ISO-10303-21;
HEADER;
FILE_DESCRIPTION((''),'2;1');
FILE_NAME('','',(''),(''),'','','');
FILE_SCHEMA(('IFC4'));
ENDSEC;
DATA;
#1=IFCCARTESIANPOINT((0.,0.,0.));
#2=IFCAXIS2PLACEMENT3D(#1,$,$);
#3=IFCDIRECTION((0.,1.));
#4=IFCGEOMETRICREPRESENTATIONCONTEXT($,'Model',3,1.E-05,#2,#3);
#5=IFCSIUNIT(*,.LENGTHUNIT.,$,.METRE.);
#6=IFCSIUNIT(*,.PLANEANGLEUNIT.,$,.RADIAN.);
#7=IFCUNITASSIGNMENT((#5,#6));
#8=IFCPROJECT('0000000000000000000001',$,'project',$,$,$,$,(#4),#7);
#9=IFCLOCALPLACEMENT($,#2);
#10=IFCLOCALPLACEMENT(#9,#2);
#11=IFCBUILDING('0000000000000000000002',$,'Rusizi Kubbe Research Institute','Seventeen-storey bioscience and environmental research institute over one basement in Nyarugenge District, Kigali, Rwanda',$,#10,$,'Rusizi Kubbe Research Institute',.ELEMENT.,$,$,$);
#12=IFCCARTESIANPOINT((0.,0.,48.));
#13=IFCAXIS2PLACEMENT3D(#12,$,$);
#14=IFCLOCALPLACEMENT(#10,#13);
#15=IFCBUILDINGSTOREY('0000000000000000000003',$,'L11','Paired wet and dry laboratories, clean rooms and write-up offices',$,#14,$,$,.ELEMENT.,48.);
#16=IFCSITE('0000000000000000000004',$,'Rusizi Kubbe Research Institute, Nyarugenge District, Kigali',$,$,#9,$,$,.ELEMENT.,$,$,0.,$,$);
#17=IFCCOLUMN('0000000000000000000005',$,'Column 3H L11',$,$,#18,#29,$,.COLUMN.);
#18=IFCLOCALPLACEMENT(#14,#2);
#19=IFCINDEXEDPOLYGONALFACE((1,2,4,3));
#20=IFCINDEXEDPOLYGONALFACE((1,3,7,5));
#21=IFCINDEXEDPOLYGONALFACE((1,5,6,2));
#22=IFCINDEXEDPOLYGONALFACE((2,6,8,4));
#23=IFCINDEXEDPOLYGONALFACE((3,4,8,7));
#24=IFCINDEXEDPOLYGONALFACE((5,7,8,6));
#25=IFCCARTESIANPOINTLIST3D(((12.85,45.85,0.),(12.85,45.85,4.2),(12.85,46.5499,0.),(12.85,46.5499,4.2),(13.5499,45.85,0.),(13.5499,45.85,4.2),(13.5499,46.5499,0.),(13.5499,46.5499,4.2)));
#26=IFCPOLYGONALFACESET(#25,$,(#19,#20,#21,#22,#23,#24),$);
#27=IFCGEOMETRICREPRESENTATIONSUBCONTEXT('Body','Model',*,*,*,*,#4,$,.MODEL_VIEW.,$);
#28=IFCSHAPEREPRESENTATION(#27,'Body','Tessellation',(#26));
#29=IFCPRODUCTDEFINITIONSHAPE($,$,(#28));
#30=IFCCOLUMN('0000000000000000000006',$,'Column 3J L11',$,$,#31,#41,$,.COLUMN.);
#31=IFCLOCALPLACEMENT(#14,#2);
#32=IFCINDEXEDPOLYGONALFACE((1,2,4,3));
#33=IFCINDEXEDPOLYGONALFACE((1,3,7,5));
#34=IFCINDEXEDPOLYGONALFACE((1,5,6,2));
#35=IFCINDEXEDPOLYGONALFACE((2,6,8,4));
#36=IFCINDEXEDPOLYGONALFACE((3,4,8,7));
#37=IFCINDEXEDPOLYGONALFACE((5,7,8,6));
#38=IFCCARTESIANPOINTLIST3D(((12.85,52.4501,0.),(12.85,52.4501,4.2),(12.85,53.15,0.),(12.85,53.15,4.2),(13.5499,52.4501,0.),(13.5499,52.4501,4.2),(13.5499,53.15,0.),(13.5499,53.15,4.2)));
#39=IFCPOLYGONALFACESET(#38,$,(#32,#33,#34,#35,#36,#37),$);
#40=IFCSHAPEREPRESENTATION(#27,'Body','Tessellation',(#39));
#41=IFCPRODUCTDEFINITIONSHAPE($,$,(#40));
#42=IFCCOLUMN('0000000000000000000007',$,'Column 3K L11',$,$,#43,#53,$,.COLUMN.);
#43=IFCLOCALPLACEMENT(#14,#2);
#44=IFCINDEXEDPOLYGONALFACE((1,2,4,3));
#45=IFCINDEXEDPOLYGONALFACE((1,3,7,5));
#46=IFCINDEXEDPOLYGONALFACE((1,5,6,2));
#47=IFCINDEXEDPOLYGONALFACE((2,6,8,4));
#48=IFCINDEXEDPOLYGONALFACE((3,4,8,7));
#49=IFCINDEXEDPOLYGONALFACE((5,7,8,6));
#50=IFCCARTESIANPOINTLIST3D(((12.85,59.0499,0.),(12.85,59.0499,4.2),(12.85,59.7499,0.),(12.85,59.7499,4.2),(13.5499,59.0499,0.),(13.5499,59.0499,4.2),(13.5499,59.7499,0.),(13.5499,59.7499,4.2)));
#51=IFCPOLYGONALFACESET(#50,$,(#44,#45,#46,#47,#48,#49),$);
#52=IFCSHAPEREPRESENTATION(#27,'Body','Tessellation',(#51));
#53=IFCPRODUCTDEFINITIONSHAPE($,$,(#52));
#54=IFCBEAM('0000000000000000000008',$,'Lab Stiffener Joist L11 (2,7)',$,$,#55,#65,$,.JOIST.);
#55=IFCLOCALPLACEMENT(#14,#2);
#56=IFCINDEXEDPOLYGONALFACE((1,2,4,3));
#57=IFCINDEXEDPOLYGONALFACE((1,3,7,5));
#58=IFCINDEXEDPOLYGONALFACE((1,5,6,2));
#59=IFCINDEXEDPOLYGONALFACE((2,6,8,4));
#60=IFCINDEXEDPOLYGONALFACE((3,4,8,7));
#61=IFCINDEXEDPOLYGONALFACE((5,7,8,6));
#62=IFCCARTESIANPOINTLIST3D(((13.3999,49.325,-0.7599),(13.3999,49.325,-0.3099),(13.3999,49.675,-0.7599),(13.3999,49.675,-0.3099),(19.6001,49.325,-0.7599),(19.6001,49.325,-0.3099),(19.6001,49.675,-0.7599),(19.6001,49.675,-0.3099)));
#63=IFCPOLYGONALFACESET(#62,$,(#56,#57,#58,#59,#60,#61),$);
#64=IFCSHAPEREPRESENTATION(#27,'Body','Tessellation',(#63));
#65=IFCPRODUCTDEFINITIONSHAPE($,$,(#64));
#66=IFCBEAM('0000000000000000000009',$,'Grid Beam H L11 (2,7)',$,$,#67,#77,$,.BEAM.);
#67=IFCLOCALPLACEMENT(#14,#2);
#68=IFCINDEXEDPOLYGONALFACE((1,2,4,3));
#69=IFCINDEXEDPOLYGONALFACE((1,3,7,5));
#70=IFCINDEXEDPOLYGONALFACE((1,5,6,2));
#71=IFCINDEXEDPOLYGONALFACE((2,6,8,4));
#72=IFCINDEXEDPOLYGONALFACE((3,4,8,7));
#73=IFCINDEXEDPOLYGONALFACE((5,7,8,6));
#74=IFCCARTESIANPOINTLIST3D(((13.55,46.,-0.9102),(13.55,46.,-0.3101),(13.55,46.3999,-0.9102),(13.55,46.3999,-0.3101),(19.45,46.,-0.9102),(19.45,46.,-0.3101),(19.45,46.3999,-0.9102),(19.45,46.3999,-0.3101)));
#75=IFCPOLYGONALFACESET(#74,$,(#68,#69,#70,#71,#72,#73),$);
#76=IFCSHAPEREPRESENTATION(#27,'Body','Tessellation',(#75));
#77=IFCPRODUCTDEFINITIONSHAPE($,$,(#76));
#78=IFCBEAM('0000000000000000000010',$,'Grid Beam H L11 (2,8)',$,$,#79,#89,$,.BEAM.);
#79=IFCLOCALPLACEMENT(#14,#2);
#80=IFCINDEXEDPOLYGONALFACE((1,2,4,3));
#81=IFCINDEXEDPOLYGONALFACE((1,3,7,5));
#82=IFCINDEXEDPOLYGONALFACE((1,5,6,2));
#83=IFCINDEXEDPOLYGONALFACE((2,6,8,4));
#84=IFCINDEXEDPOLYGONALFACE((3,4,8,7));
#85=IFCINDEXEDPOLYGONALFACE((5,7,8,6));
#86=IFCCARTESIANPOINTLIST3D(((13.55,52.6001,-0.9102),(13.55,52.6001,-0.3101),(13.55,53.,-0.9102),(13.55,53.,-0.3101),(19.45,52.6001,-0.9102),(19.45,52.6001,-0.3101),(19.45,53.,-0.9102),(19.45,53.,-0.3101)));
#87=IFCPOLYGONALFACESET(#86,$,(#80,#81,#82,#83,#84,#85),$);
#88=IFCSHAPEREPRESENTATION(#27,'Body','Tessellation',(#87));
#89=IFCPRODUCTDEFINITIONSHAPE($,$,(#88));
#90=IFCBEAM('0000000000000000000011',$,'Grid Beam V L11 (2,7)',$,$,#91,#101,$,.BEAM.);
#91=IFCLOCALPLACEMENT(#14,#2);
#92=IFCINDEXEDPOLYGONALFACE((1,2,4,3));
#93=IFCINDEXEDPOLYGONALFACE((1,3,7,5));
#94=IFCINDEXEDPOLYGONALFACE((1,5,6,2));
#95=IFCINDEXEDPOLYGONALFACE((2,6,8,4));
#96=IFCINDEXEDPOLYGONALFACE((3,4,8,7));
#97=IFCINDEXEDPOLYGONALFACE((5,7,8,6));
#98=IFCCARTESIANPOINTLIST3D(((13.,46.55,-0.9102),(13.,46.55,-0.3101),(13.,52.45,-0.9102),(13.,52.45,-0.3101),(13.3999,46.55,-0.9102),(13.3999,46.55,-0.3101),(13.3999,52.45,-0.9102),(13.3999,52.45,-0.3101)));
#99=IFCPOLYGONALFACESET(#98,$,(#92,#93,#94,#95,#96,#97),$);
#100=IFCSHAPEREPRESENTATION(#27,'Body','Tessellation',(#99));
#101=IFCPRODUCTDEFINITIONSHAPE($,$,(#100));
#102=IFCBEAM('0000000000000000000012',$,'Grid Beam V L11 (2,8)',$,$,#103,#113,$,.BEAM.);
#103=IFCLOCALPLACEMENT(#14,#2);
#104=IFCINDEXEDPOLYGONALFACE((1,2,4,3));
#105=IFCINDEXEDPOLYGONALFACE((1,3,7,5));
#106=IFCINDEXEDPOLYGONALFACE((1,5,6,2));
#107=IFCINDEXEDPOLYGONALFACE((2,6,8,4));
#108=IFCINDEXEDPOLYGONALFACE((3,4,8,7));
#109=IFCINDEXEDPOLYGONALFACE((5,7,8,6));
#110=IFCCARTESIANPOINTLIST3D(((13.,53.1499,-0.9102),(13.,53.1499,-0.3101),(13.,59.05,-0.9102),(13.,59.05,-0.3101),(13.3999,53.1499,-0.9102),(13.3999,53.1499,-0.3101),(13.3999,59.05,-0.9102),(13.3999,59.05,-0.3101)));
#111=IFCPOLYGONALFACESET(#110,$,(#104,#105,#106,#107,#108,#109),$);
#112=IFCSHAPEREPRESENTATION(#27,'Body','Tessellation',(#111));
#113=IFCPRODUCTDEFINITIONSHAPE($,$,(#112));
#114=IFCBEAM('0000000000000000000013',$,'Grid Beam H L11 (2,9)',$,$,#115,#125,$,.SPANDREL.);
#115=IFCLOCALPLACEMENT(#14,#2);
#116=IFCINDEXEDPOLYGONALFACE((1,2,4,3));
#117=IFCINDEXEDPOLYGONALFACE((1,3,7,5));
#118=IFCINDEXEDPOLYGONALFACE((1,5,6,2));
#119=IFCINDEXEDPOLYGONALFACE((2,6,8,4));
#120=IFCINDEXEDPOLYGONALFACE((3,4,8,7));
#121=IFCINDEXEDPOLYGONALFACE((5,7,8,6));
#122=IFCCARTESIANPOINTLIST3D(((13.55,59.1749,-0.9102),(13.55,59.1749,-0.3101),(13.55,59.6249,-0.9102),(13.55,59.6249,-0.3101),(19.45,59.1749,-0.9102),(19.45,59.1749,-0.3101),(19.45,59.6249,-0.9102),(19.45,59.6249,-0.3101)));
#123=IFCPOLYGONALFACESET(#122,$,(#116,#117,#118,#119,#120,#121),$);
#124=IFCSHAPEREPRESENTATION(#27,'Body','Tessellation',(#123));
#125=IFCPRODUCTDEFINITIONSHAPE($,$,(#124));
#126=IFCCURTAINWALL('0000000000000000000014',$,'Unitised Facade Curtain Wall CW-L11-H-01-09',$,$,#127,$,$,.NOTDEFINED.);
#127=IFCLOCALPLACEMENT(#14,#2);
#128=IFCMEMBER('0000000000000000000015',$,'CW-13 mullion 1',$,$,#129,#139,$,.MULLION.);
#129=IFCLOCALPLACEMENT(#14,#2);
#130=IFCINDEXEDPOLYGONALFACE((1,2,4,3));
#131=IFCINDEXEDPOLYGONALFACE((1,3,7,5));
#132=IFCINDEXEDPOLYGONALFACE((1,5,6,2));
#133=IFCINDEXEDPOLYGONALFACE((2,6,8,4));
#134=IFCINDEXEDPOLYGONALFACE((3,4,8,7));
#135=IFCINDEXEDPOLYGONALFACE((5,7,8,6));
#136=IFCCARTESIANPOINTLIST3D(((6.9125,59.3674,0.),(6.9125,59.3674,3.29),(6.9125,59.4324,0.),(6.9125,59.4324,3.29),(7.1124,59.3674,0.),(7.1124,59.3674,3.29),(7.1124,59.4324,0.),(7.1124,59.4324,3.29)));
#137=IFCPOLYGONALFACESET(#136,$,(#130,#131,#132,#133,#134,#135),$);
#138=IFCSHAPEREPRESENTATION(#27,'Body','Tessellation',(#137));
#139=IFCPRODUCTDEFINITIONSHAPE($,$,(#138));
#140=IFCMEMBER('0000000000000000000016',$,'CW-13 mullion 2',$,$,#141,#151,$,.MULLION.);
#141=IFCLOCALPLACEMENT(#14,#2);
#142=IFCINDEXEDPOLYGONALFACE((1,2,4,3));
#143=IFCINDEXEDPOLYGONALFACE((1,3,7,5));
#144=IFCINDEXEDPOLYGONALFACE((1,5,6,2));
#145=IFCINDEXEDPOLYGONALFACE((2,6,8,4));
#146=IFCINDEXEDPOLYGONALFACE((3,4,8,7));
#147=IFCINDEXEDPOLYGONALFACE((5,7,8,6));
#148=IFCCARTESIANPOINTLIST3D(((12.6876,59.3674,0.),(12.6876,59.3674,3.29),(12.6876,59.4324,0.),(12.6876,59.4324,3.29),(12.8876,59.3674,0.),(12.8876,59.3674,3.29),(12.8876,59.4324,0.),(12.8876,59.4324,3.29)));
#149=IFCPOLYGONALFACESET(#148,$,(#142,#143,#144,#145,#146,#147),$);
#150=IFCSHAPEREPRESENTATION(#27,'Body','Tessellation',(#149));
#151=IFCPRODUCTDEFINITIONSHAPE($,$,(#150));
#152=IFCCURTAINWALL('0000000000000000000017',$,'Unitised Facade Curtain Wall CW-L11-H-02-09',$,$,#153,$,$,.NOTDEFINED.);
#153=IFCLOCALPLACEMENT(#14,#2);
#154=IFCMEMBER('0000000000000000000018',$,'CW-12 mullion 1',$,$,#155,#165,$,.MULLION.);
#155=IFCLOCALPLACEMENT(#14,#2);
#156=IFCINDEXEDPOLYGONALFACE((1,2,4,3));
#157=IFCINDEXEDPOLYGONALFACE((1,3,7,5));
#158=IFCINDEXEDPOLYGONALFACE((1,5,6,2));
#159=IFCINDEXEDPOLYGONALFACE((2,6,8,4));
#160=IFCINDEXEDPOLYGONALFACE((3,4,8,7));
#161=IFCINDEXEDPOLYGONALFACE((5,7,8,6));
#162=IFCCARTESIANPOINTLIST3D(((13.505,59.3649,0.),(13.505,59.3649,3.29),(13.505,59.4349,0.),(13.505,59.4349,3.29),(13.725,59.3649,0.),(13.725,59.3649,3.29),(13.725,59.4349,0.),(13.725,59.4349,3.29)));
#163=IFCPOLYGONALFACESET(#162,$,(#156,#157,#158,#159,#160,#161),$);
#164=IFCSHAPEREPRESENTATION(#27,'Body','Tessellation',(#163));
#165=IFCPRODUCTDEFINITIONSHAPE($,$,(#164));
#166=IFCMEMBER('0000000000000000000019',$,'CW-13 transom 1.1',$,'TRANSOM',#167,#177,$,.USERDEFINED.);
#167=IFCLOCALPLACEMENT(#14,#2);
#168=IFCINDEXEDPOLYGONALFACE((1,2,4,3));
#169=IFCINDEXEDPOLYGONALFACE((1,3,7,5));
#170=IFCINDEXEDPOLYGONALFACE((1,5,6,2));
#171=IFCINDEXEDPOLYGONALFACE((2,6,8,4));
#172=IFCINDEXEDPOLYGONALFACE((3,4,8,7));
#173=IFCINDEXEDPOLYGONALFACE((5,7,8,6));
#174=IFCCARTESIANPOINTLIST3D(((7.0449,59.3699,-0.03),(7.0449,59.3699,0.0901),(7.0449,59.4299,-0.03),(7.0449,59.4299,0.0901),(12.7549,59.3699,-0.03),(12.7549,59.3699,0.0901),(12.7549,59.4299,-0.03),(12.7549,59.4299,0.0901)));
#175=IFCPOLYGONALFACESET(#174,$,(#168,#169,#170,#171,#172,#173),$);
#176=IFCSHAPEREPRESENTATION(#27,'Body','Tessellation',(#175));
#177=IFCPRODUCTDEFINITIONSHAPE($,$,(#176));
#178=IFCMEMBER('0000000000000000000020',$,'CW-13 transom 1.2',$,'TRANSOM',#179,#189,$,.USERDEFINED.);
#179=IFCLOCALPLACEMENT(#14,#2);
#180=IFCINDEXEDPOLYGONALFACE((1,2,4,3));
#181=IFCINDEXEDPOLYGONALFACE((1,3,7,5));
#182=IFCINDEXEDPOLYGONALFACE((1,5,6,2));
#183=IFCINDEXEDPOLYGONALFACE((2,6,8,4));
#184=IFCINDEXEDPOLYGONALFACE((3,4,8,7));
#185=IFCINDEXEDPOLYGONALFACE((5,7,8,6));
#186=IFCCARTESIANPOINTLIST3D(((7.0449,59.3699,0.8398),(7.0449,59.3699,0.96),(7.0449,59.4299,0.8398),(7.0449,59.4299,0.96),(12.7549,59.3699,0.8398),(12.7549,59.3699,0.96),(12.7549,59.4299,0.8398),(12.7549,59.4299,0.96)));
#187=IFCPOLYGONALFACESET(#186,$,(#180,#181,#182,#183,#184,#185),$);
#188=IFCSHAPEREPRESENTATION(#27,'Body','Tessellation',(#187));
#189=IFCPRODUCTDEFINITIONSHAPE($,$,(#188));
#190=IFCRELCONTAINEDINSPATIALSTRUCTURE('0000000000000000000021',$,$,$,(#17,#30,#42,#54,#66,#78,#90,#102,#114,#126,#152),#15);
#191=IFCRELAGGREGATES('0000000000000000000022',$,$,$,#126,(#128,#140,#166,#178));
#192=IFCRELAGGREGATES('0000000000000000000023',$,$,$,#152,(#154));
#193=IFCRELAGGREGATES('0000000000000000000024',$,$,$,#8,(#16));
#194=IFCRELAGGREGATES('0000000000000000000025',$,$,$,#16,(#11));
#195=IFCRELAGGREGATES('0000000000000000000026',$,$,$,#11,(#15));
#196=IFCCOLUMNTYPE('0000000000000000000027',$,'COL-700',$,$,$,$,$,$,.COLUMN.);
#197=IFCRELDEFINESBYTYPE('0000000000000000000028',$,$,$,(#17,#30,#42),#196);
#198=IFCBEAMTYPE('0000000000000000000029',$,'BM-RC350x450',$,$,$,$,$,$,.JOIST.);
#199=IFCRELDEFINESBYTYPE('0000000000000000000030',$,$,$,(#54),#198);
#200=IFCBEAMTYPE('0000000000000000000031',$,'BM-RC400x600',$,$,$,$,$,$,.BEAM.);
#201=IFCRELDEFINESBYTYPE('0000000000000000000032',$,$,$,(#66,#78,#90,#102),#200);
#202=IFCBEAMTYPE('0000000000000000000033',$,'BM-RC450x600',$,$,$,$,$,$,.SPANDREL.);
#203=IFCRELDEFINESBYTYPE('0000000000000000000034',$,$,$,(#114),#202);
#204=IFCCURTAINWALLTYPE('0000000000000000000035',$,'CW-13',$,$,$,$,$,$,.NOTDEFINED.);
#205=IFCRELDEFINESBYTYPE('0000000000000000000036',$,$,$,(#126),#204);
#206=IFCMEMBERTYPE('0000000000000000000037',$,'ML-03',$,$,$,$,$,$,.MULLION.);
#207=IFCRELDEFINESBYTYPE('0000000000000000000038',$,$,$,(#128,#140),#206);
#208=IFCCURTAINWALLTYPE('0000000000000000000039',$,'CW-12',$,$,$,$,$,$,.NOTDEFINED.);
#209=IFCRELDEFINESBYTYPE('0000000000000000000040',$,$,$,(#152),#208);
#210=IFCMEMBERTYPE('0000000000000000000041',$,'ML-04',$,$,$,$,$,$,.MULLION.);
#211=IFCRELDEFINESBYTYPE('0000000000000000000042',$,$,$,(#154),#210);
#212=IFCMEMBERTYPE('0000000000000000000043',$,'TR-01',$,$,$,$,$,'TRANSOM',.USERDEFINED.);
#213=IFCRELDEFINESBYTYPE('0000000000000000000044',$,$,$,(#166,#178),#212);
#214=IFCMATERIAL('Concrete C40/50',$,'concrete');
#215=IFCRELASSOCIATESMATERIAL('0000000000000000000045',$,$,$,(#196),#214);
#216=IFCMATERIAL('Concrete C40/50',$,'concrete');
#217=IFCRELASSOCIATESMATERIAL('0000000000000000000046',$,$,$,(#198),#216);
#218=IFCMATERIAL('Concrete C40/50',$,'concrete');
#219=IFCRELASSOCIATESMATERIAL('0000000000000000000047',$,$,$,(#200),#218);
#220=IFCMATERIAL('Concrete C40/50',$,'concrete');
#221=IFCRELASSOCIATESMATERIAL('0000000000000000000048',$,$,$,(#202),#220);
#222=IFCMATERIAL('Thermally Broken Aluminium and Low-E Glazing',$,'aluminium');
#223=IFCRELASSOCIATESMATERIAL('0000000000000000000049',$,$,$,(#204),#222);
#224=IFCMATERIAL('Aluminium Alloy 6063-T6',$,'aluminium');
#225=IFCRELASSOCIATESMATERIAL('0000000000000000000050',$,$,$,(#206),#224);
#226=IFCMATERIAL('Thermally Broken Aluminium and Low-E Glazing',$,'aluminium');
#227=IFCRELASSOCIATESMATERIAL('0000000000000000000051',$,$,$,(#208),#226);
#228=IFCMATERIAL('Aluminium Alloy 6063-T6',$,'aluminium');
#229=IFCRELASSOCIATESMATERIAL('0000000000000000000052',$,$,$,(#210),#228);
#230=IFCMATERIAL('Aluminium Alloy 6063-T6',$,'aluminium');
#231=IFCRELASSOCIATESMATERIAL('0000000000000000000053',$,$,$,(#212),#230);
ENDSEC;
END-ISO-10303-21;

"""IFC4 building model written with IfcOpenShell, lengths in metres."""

from ifc_helpers import new_model, si_unit, direction, frame, origin, origin_2d, place, context, subcontext, project, spatial, rectangle, extrude, material, material_profile, profile_set, type_object, element, aggregate, save


model = new_model("IFC4")

# Units and contexts
model_context = context("Model", 3, precision=1e-05, world=origin(), true_north=direction((0.0, 1.0)))
body_context = subcontext(model_context, "Body", "Model", "MODEL_VIEW")
ifc_project = project(units=[si_unit("LENGTHUNIT", "METRE"), si_unit("PLANEANGLEUNIT", "RADIAN")], contexts=[model_context])

# Site, building, storey
site_placement = place(None, origin())
site = spatial("IfcSite", under=ifc_project, at=site_placement, Name="Rusizi Kubbe Research Institute, Nyarugenge District, Kigali", CompositionType="ELEMENT", RefElevation=0.0)
building_placement = place(site_placement, origin())
building = spatial("IfcBuilding", under=site, at=building_placement, Name="Rusizi Kubbe Research Institute", Description="Seventeen-storey bioscience and environmental research institute over one basement in Nyarugenge District, Kigali, Rwanda", LongName="Rusizi Kubbe Research Institute", CompositionType="ELEMENT")
storey_placement = place(building_placement, frame((0.0, 0.0, 48.0)))
storey = spatial("IfcBuildingStorey", under=building, at=storey_placement, Name="L11", Description="Paired wet and dry laboratories, clean rooms and write-up offices", CompositionType="ELEMENT", Elevation=48.0)

# Columns
ifc_material_1 = material(Name="Concrete C40/50", Category="concrete")
ifc_material_profile_1 = material_profile(ifc_material_1, rectangle(XDim=0.7, YDim=0.7, at=origin_2d()), Name="RC700x700")
ifc_profile_set_1 = profile_set([ifc_material_profile_1], Name="Concrete C40/50")
column_type = type_object("IfcColumnType", Name="COL-700", PredefinedType="COLUMN", material=ifc_profile_set_1)
for number, where, z_axis, x_axis, name in (
    (1, (13.2, 46.2, 0.0), (0.0, 0.0, 1.0), (1.0, 0.0, 0.0), "Column 3H L11"),
    (2, (13.2, 52.8, 0.0), (0.0, 0.0, 1.0), (1.0, 0.0, 0.0), "Column 3J L11"),
    (3, (13.2, 59.3999, 0.0), (0.0, 0.0, 1.0), (1.0, 0.0, 0.0), "Column 3K L11"),
):
    element("IfcColumn", number, at=place(storey_placement, frame(where, z_axis=z_axis, x_axis=x_axis)), inside=storey, type_object=column_type, Name=name, PredefinedType="COLUMN", context=body_context, shape_type="SweptSolid", body=[
        extrude(rectangle(XDim=0.7, YDim=0.7, at=origin_2d()), origin(), (0.0, 0.0, 1.0), 4.2),
    ])

# Beams
ifc_material_2 = material(Name="Concrete C40/50", Category="concrete")
ifc_material_profile_2 = material_profile(ifc_material_2, rectangle(XDim=0.3501, YDim=0.45, at=origin_2d()), Name="RC350x450")
ifc_profile_set_2 = profile_set([ifc_material_profile_2], Name="Concrete C40/50")
beam_type_1 = type_object("IfcBeamType", Name="BM-RC350x450", PredefinedType="JOIST", material=ifc_profile_set_2)
beam_1_placement = place(storey_placement, frame((13.3999, 49.5, -0.5349), z_axis=(1.0, 0.0, 0.0), x_axis=(0.0, 1.0, 0.0)))
element("IfcBeam", 4, at=beam_1_placement, inside=storey, type_object=beam_type_1, Name="Lab Stiffener Joist L11 (2,7)", PredefinedType="JOIST", context=body_context, shape_type="SweptSolid", body=[
    extrude(rectangle(XDim=0.3501, YDim=0.45, at=origin_2d()), origin(), (0.0, 0.0, 1.0), 6.2002),
])
ifc_material_3 = material(Name="Concrete C40/50", Category="concrete")
ifc_material_profile_3 = material_profile(ifc_material_3, rectangle(XDim=0.3999, YDim=0.6001, at=origin_2d()), Name="RC400x600")
ifc_profile_set_3 = profile_set([ifc_material_profile_3], Name="Concrete C40/50")
beam_type_2 = type_object("IfcBeamType", Name="BM-RC400x600", PredefinedType="BEAM", material=ifc_profile_set_3)
for number, where, z_axis, x_axis, name in (
    (5, (13.55, 46.2, -0.6101), (1.0, 0.0, 0.0), (0.0, 1.0, 0.0), "Grid Beam H L11 (2,7)"),
    (6, (13.55, 52.8, -0.6101), (1.0, 0.0, 0.0), (0.0, 1.0, 0.0), "Grid Beam H L11 (2,8)"),
    (7, (13.2, 46.55, -0.6101), (0.0, 1.0, 0.0), (-1.0, 0.0, 0.0), "Grid Beam V L11 (2,7)"),
):
    element("IfcBeam", number, at=place(storey_placement, frame(where, z_axis=z_axis, x_axis=x_axis)), inside=storey, type_object=beam_type_2, Name=name, PredefinedType="BEAM", context=body_context, shape_type="SweptSolid", body=[
        extrude(rectangle(XDim=0.3999, YDim=0.6001, at=origin_2d()), origin(), (0.0, 0.0, 1.0), 5.8999),
    ])
beam_2_placement = place(storey_placement, frame((13.2, 53.1499, -0.6101), z_axis=(0.0, 1.0, 0.0), x_axis=(-1.0, 0.0, 0.0)))
element("IfcBeam", 8, at=beam_2_placement, inside=storey, type_object=beam_type_2, Name="Grid Beam V L11 (2,8)", PredefinedType="BEAM", context=body_context, shape_type="SweptSolid", body=[
    extrude(rectangle(XDim=0.3999, YDim=0.6001, at=origin_2d()), origin(), (0.0, 0.0, 1.0), 5.9001),
])
ifc_material_4 = material(Name="Concrete C40/50", Category="concrete")
ifc_material_profile_4 = material_profile(ifc_material_4, rectangle(XDim=0.45, YDim=0.6001, at=origin_2d()), Name="RC450x600")
ifc_profile_set_4 = profile_set([ifc_material_profile_4], Name="Concrete C40/50")
beam_type_3 = type_object("IfcBeamType", Name="BM-RC450x600", PredefinedType="SPANDREL", material=ifc_profile_set_4)
beam_3_placement = place(storey_placement, frame((13.55, 59.3999, -0.6101), z_axis=(1.0, 0.0, 0.0), x_axis=(0.0, 1.0, 0.0)))
element("IfcBeam", 9, at=beam_3_placement, inside=storey, type_object=beam_type_3, Name="Grid Beam H L11 (2,9)", PredefinedType="SPANDREL", context=body_context, shape_type="SweptSolid", body=[
    extrude(rectangle(XDim=0.45, YDim=0.6001, at=origin_2d()), origin(), (0.0, 0.0, 1.0), 5.8999),
])

# Curtain wall, members
ifc_material_5 = material(Name="Thermally Broken Aluminium and Low-E Glazing", Category="aluminium")
curtain_wall_type_1 = type_object("IfcCurtainWallType", Name="CW-13", PredefinedType="NOTDEFINED", material=ifc_material_5)
curtain_wall_1_placement = place(storey_placement, origin())
curtain_wall_1 = element("IfcCurtainWall", 10, at=curtain_wall_1_placement, inside=storey, type_object=curtain_wall_type_1, Name="Unitised Facade Curtain Wall CW-L11-H-01-09", PredefinedType="NOTDEFINED")
ifc_material_6 = material(Name="Aluminium Alloy 6063-T6", Category="aluminium")
ifc_material_profile_5 = material_profile(ifc_material_6, rectangle(XDim=0.0649, YDim=0.2, at=origin_2d()), Name="ALU-M 65x200")
ifc_profile_set_5 = profile_set([ifc_material_profile_5], Name="Aluminium Alloy 6063-T6")
member_type_1 = type_object("IfcMemberType", Name="ML-03", PredefinedType="MULLION", material=ifc_profile_set_5)
member_1_placement = place(storey_placement, frame((7.0125, 59.3999, 0.0), z_axis=(0.0, 0.0, 1.0), x_axis=(0.0, 1.0, 0.0)))
member_1 = element("IfcMember", 11, at=member_1_placement, type_object=member_type_1, Name="CW-13 mullion 1", PredefinedType="MULLION", context=body_context, shape_type="SweptSolid", body=[
    extrude(rectangle(XDim=0.0649, YDim=0.2, at=origin_2d()), origin(), (0.0, 0.0, 1.0), 3.29),
])
member_2_placement = place(storey_placement, frame((12.7876, 59.3999, 0.0), z_axis=(0.0, 0.0, 1.0), x_axis=(0.0, 1.0, 0.0)))
member_2 = element("IfcMember", 12, at=member_2_placement, type_object=member_type_1, Name="CW-13 mullion 2", PredefinedType="MULLION", context=body_context, shape_type="SweptSolid", body=[
    extrude(rectangle(XDim=0.0649, YDim=0.2, at=origin_2d()), origin(), (0.0, 0.0, 1.0), 3.29),
])

# Curtain wall, member
ifc_material_7 = material(Name="Thermally Broken Aluminium and Low-E Glazing", Category="aluminium")
curtain_wall_type_2 = type_object("IfcCurtainWallType", Name="CW-12", PredefinedType="NOTDEFINED", material=ifc_material_7)
curtain_wall_2_placement = place(storey_placement, origin())
curtain_wall_2 = element("IfcCurtainWall", 13, at=curtain_wall_2_placement, inside=storey, type_object=curtain_wall_type_2, Name="Unitised Facade Curtain Wall CW-L11-H-02-09", PredefinedType="NOTDEFINED")
ifc_material_8 = material(Name="Aluminium Alloy 6063-T6", Category="aluminium")
ifc_material_profile_6 = material_profile(ifc_material_8, rectangle(XDim=0.0701, YDim=0.22, at=origin_2d()), Name="ALU-M 70x220")
ifc_profile_set_6 = profile_set([ifc_material_profile_6], Name="Aluminium Alloy 6063-T6")
member_type_2 = type_object("IfcMemberType", Name="ML-04", PredefinedType="MULLION", material=ifc_profile_set_6)
member_3_placement = place(storey_placement, frame((13.615, 59.3999, 0.0), z_axis=(0.0, 0.0, 1.0), x_axis=(0.0, 1.0, 0.0)))
member_3 = element("IfcMember", 14, at=member_3_placement, type_object=member_type_2, Name="CW-12 mullion 1", PredefinedType="MULLION", context=body_context, shape_type="SweptSolid", body=[
    extrude(rectangle(XDim=0.0701, YDim=0.22, at=origin_2d()), origin(), (0.0, 0.0, 1.0), 3.29),
])

# Members
ifc_material_9 = material(Name="Aluminium Alloy 6063-T6", Category="aluminium")
ifc_material_profile_7 = material_profile(ifc_material_9, rectangle(XDim=0.0601, YDim=0.1201, at=origin_2d()), Name="ALU-T 60x120")
ifc_profile_set_7 = profile_set([ifc_material_profile_7], Name="Aluminium Alloy 6063-T6")
member_type_3 = type_object("IfcMemberType", Name="TR-01", ElementType="TRANSOM", PredefinedType="USERDEFINED", material=ifc_profile_set_7)
member_4_placement = place(storey_placement, frame((7.0449, 59.3999, 0.03), z_axis=(1.0, 0.0, 0.0), x_axis=(0.0, 1.0, 0.0)))
member_4 = element("IfcMember", 15, at=member_4_placement, type_object=member_type_3, Name="CW-13 transom 1.1", ObjectType="TRANSOM", PredefinedType="USERDEFINED", context=body_context, shape_type="SweptSolid", body=[
    extrude(rectangle(XDim=0.0601, YDim=0.1201, at=origin_2d()), origin(), (0.0, 0.0, 1.0), 5.71),
])
member_5_placement = place(storey_placement, frame((7.0449, 59.3999, 0.8999), z_axis=(1.0, 0.0, 0.0), x_axis=(0.0, 1.0, 0.0)))
member_5 = element("IfcMember", 16, at=member_5_placement, type_object=member_type_3, Name="CW-13 transom 1.2", ObjectType="TRANSOM", PredefinedType="USERDEFINED", context=body_context, shape_type="SweptSolid", body=[
    extrude(rectangle(XDim=0.0601, YDim=0.1201, at=origin_2d()), origin(), (0.0, 0.0, 1.0), 5.71),
])

aggregate(curtain_wall_1, [member_1, member_2, member_4, member_5])
aggregate(curtain_wall_2, [member_3])

save(model, "model.ifc")
